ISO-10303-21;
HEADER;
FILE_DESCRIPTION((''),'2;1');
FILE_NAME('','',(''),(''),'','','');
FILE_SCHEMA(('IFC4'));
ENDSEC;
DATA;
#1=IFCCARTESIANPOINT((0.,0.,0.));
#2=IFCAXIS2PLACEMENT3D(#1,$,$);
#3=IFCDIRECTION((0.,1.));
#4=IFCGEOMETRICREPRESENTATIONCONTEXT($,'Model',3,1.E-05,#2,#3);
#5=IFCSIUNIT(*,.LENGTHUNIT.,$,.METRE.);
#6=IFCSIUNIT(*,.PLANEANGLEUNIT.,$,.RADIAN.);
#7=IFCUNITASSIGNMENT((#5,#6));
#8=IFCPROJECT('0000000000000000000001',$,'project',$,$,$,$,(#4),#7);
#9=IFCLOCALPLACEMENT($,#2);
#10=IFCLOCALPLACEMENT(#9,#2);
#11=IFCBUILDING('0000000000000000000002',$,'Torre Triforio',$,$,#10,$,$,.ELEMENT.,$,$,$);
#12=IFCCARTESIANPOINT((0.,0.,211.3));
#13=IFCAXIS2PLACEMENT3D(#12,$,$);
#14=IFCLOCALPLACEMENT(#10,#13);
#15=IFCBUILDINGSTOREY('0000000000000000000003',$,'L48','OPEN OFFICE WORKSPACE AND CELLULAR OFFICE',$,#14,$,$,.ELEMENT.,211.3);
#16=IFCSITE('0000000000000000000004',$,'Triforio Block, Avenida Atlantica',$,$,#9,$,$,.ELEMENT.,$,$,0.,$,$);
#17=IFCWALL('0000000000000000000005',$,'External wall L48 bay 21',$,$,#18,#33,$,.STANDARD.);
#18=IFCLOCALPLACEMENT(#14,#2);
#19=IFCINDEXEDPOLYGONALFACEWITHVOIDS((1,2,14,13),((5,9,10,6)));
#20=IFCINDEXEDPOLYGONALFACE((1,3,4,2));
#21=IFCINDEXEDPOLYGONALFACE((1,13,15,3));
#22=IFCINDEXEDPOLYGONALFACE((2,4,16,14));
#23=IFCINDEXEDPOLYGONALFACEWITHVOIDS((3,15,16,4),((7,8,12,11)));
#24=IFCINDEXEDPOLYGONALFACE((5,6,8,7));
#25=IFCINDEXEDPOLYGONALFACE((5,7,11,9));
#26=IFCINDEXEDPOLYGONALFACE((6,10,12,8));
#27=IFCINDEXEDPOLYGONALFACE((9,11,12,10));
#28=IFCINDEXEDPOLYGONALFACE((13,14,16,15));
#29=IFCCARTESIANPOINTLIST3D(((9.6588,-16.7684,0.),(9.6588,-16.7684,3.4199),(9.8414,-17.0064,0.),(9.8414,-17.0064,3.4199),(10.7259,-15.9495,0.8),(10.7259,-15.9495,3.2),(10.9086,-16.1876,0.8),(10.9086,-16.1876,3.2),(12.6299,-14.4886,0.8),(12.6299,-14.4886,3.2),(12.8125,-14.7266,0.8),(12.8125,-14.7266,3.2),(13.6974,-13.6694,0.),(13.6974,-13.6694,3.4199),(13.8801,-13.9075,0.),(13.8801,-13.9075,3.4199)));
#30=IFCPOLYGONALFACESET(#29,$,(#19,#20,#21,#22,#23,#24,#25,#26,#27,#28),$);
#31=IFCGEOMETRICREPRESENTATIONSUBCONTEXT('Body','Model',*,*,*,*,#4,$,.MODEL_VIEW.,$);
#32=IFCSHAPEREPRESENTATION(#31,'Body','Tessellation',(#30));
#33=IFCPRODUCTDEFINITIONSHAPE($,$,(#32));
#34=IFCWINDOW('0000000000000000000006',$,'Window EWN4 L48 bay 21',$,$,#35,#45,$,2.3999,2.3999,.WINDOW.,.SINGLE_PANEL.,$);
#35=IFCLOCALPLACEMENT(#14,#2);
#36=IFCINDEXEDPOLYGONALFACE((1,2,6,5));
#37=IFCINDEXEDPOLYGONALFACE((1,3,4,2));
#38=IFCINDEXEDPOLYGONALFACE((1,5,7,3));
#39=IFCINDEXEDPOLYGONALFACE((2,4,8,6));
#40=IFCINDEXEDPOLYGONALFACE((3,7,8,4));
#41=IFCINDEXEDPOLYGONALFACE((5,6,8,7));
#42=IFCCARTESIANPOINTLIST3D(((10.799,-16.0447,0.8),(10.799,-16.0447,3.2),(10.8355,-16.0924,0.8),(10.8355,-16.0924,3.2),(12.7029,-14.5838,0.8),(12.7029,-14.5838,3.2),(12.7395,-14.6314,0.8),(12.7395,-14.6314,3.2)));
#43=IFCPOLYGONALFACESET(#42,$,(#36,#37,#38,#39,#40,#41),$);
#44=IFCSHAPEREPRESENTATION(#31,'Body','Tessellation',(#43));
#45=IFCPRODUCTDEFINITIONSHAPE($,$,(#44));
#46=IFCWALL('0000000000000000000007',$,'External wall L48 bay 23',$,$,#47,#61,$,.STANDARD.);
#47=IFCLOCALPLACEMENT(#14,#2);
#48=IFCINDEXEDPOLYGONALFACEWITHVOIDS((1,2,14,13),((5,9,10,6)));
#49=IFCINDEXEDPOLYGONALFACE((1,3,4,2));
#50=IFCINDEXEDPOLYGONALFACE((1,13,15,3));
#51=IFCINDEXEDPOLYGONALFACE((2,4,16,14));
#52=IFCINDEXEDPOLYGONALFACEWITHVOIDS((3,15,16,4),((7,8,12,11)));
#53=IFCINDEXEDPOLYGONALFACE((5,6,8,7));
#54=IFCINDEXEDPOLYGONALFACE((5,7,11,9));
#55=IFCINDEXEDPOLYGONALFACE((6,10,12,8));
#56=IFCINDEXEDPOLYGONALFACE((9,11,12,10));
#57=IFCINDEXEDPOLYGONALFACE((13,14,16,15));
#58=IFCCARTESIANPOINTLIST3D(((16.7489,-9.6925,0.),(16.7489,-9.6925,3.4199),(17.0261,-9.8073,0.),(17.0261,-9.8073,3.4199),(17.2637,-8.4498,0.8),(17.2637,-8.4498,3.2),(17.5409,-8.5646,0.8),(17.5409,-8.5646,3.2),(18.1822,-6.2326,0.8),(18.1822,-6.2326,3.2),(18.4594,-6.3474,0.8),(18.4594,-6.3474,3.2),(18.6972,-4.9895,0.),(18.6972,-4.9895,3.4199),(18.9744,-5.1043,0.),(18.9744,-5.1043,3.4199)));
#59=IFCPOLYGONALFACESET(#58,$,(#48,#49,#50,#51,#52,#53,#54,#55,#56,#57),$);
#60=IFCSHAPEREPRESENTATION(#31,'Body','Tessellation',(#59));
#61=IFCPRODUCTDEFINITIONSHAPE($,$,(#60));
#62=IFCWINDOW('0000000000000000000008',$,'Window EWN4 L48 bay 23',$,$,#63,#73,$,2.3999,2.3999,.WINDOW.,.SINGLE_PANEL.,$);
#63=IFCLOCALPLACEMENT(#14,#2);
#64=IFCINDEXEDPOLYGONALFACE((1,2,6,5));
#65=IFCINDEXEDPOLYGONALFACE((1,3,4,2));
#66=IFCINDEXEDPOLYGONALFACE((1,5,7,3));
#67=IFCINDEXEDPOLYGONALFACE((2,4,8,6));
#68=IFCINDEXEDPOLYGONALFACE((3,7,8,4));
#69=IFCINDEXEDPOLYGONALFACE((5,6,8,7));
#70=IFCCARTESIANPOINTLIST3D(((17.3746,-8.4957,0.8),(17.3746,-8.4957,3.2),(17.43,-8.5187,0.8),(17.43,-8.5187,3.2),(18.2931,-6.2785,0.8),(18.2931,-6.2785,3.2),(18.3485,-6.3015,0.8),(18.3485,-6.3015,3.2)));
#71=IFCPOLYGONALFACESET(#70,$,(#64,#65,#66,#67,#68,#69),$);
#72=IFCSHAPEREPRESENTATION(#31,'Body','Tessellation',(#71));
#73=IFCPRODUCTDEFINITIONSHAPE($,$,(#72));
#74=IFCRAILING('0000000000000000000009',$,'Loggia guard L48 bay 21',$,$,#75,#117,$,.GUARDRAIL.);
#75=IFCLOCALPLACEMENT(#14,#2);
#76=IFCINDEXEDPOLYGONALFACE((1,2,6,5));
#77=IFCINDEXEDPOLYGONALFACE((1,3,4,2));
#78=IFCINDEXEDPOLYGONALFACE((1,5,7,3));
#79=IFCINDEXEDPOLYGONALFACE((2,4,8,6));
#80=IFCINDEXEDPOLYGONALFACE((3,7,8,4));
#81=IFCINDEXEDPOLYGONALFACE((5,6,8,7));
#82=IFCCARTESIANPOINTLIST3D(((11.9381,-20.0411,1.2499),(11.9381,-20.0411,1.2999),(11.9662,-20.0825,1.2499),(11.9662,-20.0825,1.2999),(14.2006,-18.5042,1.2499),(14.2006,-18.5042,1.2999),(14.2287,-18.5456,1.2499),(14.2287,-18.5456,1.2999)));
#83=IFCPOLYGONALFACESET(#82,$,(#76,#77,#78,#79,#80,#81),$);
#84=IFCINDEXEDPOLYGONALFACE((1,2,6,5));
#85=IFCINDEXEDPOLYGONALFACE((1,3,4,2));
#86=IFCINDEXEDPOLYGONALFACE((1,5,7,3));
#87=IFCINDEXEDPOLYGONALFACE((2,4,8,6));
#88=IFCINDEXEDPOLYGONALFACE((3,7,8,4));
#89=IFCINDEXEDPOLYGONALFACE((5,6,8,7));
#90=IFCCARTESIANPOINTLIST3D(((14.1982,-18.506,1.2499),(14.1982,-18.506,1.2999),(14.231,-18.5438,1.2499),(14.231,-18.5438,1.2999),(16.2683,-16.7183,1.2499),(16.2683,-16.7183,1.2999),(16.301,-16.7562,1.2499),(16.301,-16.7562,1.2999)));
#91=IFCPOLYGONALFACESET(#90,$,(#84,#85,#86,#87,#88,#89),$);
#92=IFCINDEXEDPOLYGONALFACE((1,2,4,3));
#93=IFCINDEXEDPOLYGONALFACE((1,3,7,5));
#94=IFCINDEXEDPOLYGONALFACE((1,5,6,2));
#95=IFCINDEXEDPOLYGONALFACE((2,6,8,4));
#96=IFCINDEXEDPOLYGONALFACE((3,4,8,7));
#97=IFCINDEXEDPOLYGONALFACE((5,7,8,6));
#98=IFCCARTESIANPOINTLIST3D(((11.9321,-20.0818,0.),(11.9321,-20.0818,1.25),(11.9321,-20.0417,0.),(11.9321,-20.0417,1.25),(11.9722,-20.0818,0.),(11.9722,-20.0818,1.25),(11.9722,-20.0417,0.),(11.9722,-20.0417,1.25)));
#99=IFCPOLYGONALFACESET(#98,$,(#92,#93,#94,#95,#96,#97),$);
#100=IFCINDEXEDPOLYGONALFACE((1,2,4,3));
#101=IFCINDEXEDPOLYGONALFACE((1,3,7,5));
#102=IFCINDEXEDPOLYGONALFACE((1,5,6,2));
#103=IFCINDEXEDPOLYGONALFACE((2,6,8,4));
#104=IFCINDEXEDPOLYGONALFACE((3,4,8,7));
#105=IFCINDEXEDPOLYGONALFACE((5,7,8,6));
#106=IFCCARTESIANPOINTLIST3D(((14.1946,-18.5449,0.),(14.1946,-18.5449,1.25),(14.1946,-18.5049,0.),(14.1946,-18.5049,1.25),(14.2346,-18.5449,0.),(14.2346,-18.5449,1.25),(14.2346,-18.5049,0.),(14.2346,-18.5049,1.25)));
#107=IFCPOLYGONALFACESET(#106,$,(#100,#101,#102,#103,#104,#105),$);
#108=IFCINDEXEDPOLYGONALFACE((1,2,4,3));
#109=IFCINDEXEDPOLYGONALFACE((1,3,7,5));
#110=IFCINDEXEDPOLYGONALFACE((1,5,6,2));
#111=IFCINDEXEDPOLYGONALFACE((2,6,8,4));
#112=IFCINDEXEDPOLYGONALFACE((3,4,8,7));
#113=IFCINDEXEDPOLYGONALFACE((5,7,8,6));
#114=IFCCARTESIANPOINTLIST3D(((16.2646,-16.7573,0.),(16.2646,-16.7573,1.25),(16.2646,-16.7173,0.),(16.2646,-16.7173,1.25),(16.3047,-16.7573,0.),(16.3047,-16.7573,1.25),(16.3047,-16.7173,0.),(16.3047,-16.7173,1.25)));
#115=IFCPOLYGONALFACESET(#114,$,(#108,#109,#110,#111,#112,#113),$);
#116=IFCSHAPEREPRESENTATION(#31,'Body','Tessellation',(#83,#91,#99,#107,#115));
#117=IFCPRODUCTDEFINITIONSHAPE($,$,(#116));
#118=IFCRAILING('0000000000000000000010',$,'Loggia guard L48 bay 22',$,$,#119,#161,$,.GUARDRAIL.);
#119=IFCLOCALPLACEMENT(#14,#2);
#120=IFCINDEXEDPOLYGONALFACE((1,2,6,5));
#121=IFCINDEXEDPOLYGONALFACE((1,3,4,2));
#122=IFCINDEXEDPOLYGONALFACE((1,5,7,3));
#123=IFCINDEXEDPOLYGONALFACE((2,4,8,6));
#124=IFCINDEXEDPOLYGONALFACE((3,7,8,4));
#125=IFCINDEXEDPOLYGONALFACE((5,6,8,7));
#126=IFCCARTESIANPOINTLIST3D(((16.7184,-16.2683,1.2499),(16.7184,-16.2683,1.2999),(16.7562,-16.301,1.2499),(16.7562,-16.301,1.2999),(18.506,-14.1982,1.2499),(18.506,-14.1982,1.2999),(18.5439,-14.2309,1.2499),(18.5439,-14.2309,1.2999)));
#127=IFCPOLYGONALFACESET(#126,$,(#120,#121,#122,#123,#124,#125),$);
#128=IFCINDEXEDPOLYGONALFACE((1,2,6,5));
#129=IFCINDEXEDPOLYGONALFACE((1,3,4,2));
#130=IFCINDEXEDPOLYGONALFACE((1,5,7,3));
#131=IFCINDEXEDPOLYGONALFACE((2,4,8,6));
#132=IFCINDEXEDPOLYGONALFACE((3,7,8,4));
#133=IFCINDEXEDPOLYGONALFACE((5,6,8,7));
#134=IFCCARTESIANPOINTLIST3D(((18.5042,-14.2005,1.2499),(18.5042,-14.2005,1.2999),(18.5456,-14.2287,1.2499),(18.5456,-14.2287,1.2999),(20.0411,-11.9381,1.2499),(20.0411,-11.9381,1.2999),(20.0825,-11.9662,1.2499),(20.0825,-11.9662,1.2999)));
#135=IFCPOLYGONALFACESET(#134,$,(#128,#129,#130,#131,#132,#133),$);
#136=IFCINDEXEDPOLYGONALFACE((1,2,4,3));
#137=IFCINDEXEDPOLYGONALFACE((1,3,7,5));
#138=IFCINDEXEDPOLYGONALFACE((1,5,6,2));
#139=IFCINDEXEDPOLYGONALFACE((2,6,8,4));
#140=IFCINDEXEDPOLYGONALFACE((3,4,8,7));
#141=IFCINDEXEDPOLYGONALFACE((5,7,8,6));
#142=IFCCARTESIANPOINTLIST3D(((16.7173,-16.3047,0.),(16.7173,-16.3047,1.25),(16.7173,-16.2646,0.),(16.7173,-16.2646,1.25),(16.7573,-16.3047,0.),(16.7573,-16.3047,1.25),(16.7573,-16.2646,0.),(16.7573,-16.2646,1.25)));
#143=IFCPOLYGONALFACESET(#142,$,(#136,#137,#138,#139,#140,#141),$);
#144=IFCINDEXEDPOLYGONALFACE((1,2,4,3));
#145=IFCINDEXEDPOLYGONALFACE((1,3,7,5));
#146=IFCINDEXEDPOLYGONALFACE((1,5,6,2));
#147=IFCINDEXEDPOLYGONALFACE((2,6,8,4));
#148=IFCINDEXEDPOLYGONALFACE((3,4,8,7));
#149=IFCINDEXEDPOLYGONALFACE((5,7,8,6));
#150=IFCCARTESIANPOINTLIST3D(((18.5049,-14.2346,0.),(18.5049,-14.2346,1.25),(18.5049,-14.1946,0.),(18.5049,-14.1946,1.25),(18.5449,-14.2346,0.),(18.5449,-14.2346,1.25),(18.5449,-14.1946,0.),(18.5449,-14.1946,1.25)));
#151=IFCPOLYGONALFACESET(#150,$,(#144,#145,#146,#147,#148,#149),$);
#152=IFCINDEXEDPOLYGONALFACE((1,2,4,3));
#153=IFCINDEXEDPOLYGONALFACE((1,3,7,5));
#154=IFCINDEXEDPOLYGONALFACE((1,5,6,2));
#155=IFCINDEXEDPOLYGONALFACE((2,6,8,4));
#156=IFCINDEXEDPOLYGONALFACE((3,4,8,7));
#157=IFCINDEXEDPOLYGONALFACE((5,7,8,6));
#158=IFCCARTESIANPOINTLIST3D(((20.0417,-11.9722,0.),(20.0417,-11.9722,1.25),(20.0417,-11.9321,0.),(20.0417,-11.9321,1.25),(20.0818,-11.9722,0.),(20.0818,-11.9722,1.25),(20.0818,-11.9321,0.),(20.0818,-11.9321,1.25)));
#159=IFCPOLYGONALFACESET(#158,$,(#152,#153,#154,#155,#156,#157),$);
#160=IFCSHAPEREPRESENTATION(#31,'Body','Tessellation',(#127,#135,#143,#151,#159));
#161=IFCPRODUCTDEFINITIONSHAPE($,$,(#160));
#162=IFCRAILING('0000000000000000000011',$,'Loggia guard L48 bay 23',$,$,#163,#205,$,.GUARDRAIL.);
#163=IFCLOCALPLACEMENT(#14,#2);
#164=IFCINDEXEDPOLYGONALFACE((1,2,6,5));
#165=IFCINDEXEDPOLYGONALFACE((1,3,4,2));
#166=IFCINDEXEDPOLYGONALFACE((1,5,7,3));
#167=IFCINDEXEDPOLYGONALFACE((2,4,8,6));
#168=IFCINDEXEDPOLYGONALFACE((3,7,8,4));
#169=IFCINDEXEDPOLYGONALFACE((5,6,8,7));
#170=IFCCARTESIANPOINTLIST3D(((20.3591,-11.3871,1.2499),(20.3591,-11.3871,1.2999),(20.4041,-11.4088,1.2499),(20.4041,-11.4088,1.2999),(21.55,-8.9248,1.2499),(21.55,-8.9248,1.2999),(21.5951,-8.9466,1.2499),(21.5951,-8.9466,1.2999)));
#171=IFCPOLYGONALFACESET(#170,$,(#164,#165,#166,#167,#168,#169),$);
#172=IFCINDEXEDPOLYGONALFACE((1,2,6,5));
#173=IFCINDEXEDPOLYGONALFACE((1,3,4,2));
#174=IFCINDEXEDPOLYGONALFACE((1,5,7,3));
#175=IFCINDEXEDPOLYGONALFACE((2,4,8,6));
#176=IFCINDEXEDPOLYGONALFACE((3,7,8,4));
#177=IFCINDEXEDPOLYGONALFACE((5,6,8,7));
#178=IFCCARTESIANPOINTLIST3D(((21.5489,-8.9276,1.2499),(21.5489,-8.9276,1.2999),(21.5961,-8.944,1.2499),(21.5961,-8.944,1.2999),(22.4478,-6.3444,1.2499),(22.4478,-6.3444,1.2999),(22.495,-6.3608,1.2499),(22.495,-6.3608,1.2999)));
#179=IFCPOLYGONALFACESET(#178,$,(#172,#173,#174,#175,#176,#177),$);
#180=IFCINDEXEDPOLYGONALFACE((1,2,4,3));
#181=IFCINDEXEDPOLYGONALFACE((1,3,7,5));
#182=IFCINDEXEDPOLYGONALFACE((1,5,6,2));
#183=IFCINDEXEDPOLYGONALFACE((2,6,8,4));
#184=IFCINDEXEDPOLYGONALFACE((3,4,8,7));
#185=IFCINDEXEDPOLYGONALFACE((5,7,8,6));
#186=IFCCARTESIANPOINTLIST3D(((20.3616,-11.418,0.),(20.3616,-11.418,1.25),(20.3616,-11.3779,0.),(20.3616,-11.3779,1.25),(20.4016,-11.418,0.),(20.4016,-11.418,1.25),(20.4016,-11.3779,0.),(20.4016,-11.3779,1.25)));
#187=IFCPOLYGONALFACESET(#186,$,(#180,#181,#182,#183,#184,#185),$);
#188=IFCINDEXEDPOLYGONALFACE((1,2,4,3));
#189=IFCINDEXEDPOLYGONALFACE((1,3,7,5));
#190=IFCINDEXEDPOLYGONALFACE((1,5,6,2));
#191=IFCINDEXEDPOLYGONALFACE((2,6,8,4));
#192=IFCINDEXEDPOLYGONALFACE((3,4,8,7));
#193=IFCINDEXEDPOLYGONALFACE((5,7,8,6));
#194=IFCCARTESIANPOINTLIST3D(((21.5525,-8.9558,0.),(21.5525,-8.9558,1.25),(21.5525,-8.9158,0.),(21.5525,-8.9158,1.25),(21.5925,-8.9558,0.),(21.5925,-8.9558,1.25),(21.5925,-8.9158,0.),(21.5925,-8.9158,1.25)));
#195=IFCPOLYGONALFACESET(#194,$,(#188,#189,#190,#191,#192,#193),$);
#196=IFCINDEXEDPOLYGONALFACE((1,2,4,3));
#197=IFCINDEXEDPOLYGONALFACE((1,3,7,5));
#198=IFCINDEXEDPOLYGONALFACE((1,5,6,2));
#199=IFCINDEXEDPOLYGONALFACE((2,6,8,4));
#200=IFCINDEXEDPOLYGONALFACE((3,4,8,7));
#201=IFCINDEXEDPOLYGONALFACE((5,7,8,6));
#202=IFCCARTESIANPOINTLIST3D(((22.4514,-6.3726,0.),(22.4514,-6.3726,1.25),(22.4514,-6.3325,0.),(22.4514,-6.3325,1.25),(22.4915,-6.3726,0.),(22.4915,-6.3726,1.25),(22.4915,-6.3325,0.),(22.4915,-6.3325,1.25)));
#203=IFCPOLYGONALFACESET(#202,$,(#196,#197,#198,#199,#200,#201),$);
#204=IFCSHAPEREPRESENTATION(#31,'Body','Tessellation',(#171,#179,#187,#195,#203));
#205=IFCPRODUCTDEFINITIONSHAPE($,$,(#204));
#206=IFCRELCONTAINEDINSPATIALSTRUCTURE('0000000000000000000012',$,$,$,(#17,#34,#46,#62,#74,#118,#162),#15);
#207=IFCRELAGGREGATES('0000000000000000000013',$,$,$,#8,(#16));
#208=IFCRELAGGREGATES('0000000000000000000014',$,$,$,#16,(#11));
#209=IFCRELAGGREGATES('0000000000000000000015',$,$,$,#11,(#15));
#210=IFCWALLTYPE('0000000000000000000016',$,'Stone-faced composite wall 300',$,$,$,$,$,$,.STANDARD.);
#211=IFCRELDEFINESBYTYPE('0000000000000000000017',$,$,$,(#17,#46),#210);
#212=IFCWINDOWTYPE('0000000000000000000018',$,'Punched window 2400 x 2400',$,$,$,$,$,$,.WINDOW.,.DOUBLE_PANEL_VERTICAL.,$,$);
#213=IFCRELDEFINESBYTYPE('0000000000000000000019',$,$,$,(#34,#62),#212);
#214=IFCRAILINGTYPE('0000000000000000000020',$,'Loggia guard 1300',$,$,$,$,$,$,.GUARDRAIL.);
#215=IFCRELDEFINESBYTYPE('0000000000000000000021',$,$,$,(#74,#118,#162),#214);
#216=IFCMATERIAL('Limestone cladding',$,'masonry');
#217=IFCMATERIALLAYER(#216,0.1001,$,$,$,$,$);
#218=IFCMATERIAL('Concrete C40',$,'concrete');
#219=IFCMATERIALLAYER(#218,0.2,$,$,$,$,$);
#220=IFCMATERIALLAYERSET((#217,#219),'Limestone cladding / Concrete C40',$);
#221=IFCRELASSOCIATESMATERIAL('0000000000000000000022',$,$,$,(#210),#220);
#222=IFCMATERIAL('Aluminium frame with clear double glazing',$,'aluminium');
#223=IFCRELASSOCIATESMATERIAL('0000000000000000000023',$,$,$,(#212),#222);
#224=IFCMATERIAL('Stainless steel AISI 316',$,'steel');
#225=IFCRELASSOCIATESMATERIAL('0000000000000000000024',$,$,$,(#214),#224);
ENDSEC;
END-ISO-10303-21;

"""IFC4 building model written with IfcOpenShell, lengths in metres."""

from ifc_helpers import new_model, si_unit, direction, frame, frame_2d, origin, origin_2d, place, context, subcontext, project, spatial, rectangle, extrude, material, layer, layer_set, type_object, element, fill, save


model = new_model("IFC4")

# Units and contexts
model_context = context("Model", 3, precision=1e-05, world=origin(), true_north=direction((0.0, 1.0)))
body_context = subcontext(model_context, "Body", "Model", "MODEL_VIEW")
ifc_project = project(units=[si_unit("LENGTHUNIT", "METRE"), si_unit("PLANEANGLEUNIT", "RADIAN")], contexts=[model_context])

# Site, building, storey
site_placement = place(None, origin())
site = spatial("IfcSite", under=ifc_project, at=site_placement, Name="Triforio Block, Avenida Atlantica", CompositionType="ELEMENT", RefElevation=0.0)
building_placement = place(site_placement, origin())
building = spatial("IfcBuilding", under=site, at=building_placement, Name="Torre Triforio", CompositionType="ELEMENT")
storey_placement = place(building_placement, frame((0.0, 0.0, 211.3)))
storey = spatial("IfcBuildingStorey", under=building, at=storey_placement, Name="L48", Description="OPEN OFFICE WORKSPACE AND CELLULAR OFFICE", CompositionType="ELEMENT", Elevation=211.3)

# Shared definitions
ifc_material_1 = material(Name="Concrete C40", Category="concrete")

# Shared definitions
ifc_material_2 = material(Name="Limestone cladding", Category="masonry")

# Wall, opening, window
ifc_layer_1 = layer(ifc_material_2, 0.1001)
ifc_layer_2 = layer(ifc_material_1, 0.2)
ifc_layer_set_1 = layer_set([ifc_layer_1, ifc_layer_2], Name="Limestone cladding / Concrete C40")
wall_type_1 = type_object("IfcWallType", Name="Stone-faced composite wall 300", PredefinedType="STANDARD", material=ifc_layer_set_1)
wall_1_placement = place(storey_placement, frame((9.75, -16.8875, 0.0), z_axis=(0.0, 0.0, 1.0), x_axis=(0.793356, 0.608758, 0.0)))
wall_1 = element("IfcWall", 1, at=wall_1_placement, inside=storey, type_object=wall_type_1, Name="External wall L48 bay 21", PredefinedType="STANDARD", context=body_context, shape_type="SweptSolid", body=[
    extrude(rectangle(XDim=5.0906, YDim=0.3, at=frame_2d((2.5454, 0.0))), origin(), (0.0, 0.0, 1.0), 3.4199),
])
opening_1_placement = place(wall_1_placement, frame((1.3452, 0.0, 0.8)))
opening_1 = element("IfcOpeningElement", 2, at=opening_1_placement, cuts=wall_1, PredefinedType="OPENING", context=body_context, shape_type="SweptSolid", body=[
    extrude(rectangle(XDim=2.3999, YDim=2.3999, at=frame_2d((1.2, 1.2))), frame((0.0, 0.1599, 0.0), z_axis=(0.0, -1.0, 0.0), x_axis=(1.0, 0.0, 0.0)), (0.0, 0.0, 1.0), 0.3201),
])
ifc_material_3 = material(Name="Aluminium frame with clear double glazing", Category="aluminium")
window_type_1 = type_object("IfcWindowType", Name="Punched window 2400 x 2400", PartitioningType="DOUBLE_PANEL_VERTICAL", PredefinedType="WINDOW", material=ifc_material_3)
window_1_placement = place(opening_1_placement, origin())
window_1 = element("IfcWindow", 3, at=window_1_placement, inside=storey, type_object=window_type_1, Name="Window EWN4 L48 bay 21", OverallHeight=2.3999, OverallWidth=2.3999, PartitioningType="SINGLE_PANEL", PredefinedType="WINDOW", context=body_context, shape_type="SweptSolid", body=[
    extrude(rectangle(XDim=2.3999, YDim=2.3999, at=frame_2d((1.2, 1.2))), frame((0.0, 0.03, 0.0), z_axis=(0.0, -1.0, 0.0), x_axis=(1.0, 0.0, 0.0)), (0.0, 0.0, 1.0), 0.0601),
])
fill(opening_1, window_1)

# Wall, opening, window
wall_2_placement = place(storey_placement, frame((16.8875, -9.75, 0.0), z_axis=(0.0, 0.0, 1.0), x_axis=(0.382725, 0.923863, 0.0)))
wall_2 = element("IfcWall", 4, at=wall_2_placement, inside=storey, type_object=wall_type_1, Name="External wall L48 bay 23", PredefinedType="STANDARD", context=body_context, shape_type="SweptSolid", body=[
    extrude(rectangle(XDim=5.0906, YDim=0.3, at=frame_2d((2.5454, 0.0))), origin(), (0.0, 0.0, 1.0), 3.4199),
])
opening_2_placement = place(wall_2_placement, frame((1.3452, 0.0, 0.8)))
opening_2 = element("IfcOpeningElement", 5, at=opening_2_placement, cuts=wall_2, PredefinedType="OPENING", context=body_context, shape_type="SweptSolid", body=[
    extrude(rectangle(XDim=2.3999, YDim=2.3999, at=frame_2d((1.2, 1.2))), frame((0.0, 0.1599, 0.0), z_axis=(0.0, -1.0, 0.0), x_axis=(1.0, 0.0, 0.0)), (0.0, 0.0, 1.0), 0.3201),
])
window_2_placement = place(opening_2_placement, origin())
window_2 = element("IfcWindow", 6, at=window_2_placement, inside=storey, type_object=window_type_1, Name="Window EWN4 L48 bay 23", OverallHeight=2.3999, OverallWidth=2.3999, PartitioningType="SINGLE_PANEL", PredefinedType="WINDOW", context=body_context, shape_type="SweptSolid", body=[
    extrude(rectangle(XDim=2.3999, YDim=2.3999, at=frame_2d((1.2, 1.2))), frame((0.0, 0.03, 0.0), z_axis=(0.0, -1.0, 0.0), x_axis=(1.0, 0.0, 0.0)), (0.0, 0.0, 1.0), 0.0601),
])
fill(opening_2, window_2)

# Railings
ifc_material_4 = material(Name="Stainless steel AISI 316", Category="steel")
railing_type = type_object("IfcRailingType", Name="Loggia guard 1300", PredefinedType="GUARDRAIL", material=ifc_material_4)
railing_1_placement = place(storey_placement, frame((11.9521, -20.0618, 0.0)))
element("IfcRailing", 7, at=railing_1_placement, inside=storey, type_object=railing_type, Name="Loggia guard L48 bay 21", PredefinedType="GUARDRAIL", context=body_context, shape_type="SweptSolid", body=[
    extrude(rectangle(XDim=0.05, YDim=0.05, at=origin_2d()), frame((0.0, 0.0, 1.2749), z_axis=(0.827199, 0.56191, 0.0), x_axis=(-0.56191, 0.827199, 0.0)), (0.0, 0.0, 1.0), 2.7351),
    extrude(rectangle(XDim=0.05, YDim=0.05, at=origin_2d()), frame((2.2625, 1.5369, 1.2749), z_axis=(0.756857, 0.65358, 0.0), x_axis=(-0.65358, 0.756857, 0.0)), (0.0, 0.0, 1.0), 2.7351),
    extrude(rectangle(XDim=0.04, YDim=0.04, at=origin_2d()), origin(), (0.0, 0.0, 1.0), 1.25),
    extrude(rectangle(XDim=0.04, YDim=0.04, at=origin_2d()), frame((2.2625, 1.5369, 0.0)), (0.0, 0.0, 1.0), 1.25),
    extrude(rectangle(XDim=0.04, YDim=0.04, at=origin_2d()), frame((4.3325, 3.3245, 0.0)), (0.0, 0.0, 1.0), 1.25),
])
railing_2_placement = place(storey_placement, frame((16.7373, -16.2847, 0.0)))
element("IfcRailing", 8, at=railing_2_placement, inside=storey, type_object=railing_type, Name="Loggia guard L48 bay 22", PredefinedType="GUARDRAIL", context=body_context, shape_type="SweptSolid", body=[
    extrude(rectangle(XDim=0.05, YDim=0.05, at=origin_2d()), frame((0.0, 0.0, 1.2749), z_axis=(0.65358, 0.756857, 0.0), x_axis=(-0.756857, 0.65358, 0.0)), (0.0, 0.0, 1.0), 2.7351),
    extrude(rectangle(XDim=0.05, YDim=0.05, at=origin_2d()), frame((1.7876, 2.0701, 1.2749), z_axis=(0.56191, 0.827199, 0.0), x_axis=(-0.827199, 0.56191, 0.0)), (0.0, 0.0, 1.0), 2.7351),
    extrude(rectangle(XDim=0.04, YDim=0.04, at=origin_2d()), origin(), (0.0, 0.0, 1.0), 1.25),
    extrude(rectangle(XDim=0.04, YDim=0.04, at=origin_2d()), frame((1.7876, 2.0701, 0.0)), (0.0, 0.0, 1.0), 1.25),
    extrude(rectangle(XDim=0.04, YDim=0.04, at=origin_2d()), frame((3.3245, 4.3325, 0.0)), (0.0, 0.0, 1.0), 1.25),
])
railing_3_placement = place(storey_placement, frame((20.3816, -11.3979, 0.0)))
element("IfcRailing", 9, at=railing_3_placement, inside=storey, type_object=railing_type, Name="Loggia guard L48 bay 23", PredefinedType="GUARDRAIL", context=body_context, shape_type="SweptSolid", body=[
    extrude(rectangle(XDim=0.05, YDim=0.05, at=origin_2d()), frame((0.0, 0.0, 1.2749), z_axis=(0.435428, 0.900224, 0.0), x_axis=(-0.900224, 0.435428, 0.0)), (0.0, 0.0, 1.0), 2.7351),
    extrude(rectangle(XDim=0.05, YDim=0.05, at=origin_2d()), frame((1.1909, 2.4622, 1.2749), z_axis=(0.328652, 0.944451, 0.0), x_axis=(-0.944451, 0.328652, 0.0)), (0.0, 0.0, 1.0), 2.7351),
    extrude(rectangle(XDim=0.04, YDim=0.04, at=origin_2d()), origin(), (0.0, 0.0, 1.0), 1.25),
    extrude(rectangle(XDim=0.04, YDim=0.04, at=origin_2d()), frame((1.1909, 2.4622, 0.0)), (0.0, 0.0, 1.0), 1.25),
    extrude(rectangle(XDim=0.04, YDim=0.04, at=origin_2d()), frame((2.0898, 5.0454, 0.0)), (0.0, 0.0, 1.0), 1.25),
])

save(model, "model.ifc")
